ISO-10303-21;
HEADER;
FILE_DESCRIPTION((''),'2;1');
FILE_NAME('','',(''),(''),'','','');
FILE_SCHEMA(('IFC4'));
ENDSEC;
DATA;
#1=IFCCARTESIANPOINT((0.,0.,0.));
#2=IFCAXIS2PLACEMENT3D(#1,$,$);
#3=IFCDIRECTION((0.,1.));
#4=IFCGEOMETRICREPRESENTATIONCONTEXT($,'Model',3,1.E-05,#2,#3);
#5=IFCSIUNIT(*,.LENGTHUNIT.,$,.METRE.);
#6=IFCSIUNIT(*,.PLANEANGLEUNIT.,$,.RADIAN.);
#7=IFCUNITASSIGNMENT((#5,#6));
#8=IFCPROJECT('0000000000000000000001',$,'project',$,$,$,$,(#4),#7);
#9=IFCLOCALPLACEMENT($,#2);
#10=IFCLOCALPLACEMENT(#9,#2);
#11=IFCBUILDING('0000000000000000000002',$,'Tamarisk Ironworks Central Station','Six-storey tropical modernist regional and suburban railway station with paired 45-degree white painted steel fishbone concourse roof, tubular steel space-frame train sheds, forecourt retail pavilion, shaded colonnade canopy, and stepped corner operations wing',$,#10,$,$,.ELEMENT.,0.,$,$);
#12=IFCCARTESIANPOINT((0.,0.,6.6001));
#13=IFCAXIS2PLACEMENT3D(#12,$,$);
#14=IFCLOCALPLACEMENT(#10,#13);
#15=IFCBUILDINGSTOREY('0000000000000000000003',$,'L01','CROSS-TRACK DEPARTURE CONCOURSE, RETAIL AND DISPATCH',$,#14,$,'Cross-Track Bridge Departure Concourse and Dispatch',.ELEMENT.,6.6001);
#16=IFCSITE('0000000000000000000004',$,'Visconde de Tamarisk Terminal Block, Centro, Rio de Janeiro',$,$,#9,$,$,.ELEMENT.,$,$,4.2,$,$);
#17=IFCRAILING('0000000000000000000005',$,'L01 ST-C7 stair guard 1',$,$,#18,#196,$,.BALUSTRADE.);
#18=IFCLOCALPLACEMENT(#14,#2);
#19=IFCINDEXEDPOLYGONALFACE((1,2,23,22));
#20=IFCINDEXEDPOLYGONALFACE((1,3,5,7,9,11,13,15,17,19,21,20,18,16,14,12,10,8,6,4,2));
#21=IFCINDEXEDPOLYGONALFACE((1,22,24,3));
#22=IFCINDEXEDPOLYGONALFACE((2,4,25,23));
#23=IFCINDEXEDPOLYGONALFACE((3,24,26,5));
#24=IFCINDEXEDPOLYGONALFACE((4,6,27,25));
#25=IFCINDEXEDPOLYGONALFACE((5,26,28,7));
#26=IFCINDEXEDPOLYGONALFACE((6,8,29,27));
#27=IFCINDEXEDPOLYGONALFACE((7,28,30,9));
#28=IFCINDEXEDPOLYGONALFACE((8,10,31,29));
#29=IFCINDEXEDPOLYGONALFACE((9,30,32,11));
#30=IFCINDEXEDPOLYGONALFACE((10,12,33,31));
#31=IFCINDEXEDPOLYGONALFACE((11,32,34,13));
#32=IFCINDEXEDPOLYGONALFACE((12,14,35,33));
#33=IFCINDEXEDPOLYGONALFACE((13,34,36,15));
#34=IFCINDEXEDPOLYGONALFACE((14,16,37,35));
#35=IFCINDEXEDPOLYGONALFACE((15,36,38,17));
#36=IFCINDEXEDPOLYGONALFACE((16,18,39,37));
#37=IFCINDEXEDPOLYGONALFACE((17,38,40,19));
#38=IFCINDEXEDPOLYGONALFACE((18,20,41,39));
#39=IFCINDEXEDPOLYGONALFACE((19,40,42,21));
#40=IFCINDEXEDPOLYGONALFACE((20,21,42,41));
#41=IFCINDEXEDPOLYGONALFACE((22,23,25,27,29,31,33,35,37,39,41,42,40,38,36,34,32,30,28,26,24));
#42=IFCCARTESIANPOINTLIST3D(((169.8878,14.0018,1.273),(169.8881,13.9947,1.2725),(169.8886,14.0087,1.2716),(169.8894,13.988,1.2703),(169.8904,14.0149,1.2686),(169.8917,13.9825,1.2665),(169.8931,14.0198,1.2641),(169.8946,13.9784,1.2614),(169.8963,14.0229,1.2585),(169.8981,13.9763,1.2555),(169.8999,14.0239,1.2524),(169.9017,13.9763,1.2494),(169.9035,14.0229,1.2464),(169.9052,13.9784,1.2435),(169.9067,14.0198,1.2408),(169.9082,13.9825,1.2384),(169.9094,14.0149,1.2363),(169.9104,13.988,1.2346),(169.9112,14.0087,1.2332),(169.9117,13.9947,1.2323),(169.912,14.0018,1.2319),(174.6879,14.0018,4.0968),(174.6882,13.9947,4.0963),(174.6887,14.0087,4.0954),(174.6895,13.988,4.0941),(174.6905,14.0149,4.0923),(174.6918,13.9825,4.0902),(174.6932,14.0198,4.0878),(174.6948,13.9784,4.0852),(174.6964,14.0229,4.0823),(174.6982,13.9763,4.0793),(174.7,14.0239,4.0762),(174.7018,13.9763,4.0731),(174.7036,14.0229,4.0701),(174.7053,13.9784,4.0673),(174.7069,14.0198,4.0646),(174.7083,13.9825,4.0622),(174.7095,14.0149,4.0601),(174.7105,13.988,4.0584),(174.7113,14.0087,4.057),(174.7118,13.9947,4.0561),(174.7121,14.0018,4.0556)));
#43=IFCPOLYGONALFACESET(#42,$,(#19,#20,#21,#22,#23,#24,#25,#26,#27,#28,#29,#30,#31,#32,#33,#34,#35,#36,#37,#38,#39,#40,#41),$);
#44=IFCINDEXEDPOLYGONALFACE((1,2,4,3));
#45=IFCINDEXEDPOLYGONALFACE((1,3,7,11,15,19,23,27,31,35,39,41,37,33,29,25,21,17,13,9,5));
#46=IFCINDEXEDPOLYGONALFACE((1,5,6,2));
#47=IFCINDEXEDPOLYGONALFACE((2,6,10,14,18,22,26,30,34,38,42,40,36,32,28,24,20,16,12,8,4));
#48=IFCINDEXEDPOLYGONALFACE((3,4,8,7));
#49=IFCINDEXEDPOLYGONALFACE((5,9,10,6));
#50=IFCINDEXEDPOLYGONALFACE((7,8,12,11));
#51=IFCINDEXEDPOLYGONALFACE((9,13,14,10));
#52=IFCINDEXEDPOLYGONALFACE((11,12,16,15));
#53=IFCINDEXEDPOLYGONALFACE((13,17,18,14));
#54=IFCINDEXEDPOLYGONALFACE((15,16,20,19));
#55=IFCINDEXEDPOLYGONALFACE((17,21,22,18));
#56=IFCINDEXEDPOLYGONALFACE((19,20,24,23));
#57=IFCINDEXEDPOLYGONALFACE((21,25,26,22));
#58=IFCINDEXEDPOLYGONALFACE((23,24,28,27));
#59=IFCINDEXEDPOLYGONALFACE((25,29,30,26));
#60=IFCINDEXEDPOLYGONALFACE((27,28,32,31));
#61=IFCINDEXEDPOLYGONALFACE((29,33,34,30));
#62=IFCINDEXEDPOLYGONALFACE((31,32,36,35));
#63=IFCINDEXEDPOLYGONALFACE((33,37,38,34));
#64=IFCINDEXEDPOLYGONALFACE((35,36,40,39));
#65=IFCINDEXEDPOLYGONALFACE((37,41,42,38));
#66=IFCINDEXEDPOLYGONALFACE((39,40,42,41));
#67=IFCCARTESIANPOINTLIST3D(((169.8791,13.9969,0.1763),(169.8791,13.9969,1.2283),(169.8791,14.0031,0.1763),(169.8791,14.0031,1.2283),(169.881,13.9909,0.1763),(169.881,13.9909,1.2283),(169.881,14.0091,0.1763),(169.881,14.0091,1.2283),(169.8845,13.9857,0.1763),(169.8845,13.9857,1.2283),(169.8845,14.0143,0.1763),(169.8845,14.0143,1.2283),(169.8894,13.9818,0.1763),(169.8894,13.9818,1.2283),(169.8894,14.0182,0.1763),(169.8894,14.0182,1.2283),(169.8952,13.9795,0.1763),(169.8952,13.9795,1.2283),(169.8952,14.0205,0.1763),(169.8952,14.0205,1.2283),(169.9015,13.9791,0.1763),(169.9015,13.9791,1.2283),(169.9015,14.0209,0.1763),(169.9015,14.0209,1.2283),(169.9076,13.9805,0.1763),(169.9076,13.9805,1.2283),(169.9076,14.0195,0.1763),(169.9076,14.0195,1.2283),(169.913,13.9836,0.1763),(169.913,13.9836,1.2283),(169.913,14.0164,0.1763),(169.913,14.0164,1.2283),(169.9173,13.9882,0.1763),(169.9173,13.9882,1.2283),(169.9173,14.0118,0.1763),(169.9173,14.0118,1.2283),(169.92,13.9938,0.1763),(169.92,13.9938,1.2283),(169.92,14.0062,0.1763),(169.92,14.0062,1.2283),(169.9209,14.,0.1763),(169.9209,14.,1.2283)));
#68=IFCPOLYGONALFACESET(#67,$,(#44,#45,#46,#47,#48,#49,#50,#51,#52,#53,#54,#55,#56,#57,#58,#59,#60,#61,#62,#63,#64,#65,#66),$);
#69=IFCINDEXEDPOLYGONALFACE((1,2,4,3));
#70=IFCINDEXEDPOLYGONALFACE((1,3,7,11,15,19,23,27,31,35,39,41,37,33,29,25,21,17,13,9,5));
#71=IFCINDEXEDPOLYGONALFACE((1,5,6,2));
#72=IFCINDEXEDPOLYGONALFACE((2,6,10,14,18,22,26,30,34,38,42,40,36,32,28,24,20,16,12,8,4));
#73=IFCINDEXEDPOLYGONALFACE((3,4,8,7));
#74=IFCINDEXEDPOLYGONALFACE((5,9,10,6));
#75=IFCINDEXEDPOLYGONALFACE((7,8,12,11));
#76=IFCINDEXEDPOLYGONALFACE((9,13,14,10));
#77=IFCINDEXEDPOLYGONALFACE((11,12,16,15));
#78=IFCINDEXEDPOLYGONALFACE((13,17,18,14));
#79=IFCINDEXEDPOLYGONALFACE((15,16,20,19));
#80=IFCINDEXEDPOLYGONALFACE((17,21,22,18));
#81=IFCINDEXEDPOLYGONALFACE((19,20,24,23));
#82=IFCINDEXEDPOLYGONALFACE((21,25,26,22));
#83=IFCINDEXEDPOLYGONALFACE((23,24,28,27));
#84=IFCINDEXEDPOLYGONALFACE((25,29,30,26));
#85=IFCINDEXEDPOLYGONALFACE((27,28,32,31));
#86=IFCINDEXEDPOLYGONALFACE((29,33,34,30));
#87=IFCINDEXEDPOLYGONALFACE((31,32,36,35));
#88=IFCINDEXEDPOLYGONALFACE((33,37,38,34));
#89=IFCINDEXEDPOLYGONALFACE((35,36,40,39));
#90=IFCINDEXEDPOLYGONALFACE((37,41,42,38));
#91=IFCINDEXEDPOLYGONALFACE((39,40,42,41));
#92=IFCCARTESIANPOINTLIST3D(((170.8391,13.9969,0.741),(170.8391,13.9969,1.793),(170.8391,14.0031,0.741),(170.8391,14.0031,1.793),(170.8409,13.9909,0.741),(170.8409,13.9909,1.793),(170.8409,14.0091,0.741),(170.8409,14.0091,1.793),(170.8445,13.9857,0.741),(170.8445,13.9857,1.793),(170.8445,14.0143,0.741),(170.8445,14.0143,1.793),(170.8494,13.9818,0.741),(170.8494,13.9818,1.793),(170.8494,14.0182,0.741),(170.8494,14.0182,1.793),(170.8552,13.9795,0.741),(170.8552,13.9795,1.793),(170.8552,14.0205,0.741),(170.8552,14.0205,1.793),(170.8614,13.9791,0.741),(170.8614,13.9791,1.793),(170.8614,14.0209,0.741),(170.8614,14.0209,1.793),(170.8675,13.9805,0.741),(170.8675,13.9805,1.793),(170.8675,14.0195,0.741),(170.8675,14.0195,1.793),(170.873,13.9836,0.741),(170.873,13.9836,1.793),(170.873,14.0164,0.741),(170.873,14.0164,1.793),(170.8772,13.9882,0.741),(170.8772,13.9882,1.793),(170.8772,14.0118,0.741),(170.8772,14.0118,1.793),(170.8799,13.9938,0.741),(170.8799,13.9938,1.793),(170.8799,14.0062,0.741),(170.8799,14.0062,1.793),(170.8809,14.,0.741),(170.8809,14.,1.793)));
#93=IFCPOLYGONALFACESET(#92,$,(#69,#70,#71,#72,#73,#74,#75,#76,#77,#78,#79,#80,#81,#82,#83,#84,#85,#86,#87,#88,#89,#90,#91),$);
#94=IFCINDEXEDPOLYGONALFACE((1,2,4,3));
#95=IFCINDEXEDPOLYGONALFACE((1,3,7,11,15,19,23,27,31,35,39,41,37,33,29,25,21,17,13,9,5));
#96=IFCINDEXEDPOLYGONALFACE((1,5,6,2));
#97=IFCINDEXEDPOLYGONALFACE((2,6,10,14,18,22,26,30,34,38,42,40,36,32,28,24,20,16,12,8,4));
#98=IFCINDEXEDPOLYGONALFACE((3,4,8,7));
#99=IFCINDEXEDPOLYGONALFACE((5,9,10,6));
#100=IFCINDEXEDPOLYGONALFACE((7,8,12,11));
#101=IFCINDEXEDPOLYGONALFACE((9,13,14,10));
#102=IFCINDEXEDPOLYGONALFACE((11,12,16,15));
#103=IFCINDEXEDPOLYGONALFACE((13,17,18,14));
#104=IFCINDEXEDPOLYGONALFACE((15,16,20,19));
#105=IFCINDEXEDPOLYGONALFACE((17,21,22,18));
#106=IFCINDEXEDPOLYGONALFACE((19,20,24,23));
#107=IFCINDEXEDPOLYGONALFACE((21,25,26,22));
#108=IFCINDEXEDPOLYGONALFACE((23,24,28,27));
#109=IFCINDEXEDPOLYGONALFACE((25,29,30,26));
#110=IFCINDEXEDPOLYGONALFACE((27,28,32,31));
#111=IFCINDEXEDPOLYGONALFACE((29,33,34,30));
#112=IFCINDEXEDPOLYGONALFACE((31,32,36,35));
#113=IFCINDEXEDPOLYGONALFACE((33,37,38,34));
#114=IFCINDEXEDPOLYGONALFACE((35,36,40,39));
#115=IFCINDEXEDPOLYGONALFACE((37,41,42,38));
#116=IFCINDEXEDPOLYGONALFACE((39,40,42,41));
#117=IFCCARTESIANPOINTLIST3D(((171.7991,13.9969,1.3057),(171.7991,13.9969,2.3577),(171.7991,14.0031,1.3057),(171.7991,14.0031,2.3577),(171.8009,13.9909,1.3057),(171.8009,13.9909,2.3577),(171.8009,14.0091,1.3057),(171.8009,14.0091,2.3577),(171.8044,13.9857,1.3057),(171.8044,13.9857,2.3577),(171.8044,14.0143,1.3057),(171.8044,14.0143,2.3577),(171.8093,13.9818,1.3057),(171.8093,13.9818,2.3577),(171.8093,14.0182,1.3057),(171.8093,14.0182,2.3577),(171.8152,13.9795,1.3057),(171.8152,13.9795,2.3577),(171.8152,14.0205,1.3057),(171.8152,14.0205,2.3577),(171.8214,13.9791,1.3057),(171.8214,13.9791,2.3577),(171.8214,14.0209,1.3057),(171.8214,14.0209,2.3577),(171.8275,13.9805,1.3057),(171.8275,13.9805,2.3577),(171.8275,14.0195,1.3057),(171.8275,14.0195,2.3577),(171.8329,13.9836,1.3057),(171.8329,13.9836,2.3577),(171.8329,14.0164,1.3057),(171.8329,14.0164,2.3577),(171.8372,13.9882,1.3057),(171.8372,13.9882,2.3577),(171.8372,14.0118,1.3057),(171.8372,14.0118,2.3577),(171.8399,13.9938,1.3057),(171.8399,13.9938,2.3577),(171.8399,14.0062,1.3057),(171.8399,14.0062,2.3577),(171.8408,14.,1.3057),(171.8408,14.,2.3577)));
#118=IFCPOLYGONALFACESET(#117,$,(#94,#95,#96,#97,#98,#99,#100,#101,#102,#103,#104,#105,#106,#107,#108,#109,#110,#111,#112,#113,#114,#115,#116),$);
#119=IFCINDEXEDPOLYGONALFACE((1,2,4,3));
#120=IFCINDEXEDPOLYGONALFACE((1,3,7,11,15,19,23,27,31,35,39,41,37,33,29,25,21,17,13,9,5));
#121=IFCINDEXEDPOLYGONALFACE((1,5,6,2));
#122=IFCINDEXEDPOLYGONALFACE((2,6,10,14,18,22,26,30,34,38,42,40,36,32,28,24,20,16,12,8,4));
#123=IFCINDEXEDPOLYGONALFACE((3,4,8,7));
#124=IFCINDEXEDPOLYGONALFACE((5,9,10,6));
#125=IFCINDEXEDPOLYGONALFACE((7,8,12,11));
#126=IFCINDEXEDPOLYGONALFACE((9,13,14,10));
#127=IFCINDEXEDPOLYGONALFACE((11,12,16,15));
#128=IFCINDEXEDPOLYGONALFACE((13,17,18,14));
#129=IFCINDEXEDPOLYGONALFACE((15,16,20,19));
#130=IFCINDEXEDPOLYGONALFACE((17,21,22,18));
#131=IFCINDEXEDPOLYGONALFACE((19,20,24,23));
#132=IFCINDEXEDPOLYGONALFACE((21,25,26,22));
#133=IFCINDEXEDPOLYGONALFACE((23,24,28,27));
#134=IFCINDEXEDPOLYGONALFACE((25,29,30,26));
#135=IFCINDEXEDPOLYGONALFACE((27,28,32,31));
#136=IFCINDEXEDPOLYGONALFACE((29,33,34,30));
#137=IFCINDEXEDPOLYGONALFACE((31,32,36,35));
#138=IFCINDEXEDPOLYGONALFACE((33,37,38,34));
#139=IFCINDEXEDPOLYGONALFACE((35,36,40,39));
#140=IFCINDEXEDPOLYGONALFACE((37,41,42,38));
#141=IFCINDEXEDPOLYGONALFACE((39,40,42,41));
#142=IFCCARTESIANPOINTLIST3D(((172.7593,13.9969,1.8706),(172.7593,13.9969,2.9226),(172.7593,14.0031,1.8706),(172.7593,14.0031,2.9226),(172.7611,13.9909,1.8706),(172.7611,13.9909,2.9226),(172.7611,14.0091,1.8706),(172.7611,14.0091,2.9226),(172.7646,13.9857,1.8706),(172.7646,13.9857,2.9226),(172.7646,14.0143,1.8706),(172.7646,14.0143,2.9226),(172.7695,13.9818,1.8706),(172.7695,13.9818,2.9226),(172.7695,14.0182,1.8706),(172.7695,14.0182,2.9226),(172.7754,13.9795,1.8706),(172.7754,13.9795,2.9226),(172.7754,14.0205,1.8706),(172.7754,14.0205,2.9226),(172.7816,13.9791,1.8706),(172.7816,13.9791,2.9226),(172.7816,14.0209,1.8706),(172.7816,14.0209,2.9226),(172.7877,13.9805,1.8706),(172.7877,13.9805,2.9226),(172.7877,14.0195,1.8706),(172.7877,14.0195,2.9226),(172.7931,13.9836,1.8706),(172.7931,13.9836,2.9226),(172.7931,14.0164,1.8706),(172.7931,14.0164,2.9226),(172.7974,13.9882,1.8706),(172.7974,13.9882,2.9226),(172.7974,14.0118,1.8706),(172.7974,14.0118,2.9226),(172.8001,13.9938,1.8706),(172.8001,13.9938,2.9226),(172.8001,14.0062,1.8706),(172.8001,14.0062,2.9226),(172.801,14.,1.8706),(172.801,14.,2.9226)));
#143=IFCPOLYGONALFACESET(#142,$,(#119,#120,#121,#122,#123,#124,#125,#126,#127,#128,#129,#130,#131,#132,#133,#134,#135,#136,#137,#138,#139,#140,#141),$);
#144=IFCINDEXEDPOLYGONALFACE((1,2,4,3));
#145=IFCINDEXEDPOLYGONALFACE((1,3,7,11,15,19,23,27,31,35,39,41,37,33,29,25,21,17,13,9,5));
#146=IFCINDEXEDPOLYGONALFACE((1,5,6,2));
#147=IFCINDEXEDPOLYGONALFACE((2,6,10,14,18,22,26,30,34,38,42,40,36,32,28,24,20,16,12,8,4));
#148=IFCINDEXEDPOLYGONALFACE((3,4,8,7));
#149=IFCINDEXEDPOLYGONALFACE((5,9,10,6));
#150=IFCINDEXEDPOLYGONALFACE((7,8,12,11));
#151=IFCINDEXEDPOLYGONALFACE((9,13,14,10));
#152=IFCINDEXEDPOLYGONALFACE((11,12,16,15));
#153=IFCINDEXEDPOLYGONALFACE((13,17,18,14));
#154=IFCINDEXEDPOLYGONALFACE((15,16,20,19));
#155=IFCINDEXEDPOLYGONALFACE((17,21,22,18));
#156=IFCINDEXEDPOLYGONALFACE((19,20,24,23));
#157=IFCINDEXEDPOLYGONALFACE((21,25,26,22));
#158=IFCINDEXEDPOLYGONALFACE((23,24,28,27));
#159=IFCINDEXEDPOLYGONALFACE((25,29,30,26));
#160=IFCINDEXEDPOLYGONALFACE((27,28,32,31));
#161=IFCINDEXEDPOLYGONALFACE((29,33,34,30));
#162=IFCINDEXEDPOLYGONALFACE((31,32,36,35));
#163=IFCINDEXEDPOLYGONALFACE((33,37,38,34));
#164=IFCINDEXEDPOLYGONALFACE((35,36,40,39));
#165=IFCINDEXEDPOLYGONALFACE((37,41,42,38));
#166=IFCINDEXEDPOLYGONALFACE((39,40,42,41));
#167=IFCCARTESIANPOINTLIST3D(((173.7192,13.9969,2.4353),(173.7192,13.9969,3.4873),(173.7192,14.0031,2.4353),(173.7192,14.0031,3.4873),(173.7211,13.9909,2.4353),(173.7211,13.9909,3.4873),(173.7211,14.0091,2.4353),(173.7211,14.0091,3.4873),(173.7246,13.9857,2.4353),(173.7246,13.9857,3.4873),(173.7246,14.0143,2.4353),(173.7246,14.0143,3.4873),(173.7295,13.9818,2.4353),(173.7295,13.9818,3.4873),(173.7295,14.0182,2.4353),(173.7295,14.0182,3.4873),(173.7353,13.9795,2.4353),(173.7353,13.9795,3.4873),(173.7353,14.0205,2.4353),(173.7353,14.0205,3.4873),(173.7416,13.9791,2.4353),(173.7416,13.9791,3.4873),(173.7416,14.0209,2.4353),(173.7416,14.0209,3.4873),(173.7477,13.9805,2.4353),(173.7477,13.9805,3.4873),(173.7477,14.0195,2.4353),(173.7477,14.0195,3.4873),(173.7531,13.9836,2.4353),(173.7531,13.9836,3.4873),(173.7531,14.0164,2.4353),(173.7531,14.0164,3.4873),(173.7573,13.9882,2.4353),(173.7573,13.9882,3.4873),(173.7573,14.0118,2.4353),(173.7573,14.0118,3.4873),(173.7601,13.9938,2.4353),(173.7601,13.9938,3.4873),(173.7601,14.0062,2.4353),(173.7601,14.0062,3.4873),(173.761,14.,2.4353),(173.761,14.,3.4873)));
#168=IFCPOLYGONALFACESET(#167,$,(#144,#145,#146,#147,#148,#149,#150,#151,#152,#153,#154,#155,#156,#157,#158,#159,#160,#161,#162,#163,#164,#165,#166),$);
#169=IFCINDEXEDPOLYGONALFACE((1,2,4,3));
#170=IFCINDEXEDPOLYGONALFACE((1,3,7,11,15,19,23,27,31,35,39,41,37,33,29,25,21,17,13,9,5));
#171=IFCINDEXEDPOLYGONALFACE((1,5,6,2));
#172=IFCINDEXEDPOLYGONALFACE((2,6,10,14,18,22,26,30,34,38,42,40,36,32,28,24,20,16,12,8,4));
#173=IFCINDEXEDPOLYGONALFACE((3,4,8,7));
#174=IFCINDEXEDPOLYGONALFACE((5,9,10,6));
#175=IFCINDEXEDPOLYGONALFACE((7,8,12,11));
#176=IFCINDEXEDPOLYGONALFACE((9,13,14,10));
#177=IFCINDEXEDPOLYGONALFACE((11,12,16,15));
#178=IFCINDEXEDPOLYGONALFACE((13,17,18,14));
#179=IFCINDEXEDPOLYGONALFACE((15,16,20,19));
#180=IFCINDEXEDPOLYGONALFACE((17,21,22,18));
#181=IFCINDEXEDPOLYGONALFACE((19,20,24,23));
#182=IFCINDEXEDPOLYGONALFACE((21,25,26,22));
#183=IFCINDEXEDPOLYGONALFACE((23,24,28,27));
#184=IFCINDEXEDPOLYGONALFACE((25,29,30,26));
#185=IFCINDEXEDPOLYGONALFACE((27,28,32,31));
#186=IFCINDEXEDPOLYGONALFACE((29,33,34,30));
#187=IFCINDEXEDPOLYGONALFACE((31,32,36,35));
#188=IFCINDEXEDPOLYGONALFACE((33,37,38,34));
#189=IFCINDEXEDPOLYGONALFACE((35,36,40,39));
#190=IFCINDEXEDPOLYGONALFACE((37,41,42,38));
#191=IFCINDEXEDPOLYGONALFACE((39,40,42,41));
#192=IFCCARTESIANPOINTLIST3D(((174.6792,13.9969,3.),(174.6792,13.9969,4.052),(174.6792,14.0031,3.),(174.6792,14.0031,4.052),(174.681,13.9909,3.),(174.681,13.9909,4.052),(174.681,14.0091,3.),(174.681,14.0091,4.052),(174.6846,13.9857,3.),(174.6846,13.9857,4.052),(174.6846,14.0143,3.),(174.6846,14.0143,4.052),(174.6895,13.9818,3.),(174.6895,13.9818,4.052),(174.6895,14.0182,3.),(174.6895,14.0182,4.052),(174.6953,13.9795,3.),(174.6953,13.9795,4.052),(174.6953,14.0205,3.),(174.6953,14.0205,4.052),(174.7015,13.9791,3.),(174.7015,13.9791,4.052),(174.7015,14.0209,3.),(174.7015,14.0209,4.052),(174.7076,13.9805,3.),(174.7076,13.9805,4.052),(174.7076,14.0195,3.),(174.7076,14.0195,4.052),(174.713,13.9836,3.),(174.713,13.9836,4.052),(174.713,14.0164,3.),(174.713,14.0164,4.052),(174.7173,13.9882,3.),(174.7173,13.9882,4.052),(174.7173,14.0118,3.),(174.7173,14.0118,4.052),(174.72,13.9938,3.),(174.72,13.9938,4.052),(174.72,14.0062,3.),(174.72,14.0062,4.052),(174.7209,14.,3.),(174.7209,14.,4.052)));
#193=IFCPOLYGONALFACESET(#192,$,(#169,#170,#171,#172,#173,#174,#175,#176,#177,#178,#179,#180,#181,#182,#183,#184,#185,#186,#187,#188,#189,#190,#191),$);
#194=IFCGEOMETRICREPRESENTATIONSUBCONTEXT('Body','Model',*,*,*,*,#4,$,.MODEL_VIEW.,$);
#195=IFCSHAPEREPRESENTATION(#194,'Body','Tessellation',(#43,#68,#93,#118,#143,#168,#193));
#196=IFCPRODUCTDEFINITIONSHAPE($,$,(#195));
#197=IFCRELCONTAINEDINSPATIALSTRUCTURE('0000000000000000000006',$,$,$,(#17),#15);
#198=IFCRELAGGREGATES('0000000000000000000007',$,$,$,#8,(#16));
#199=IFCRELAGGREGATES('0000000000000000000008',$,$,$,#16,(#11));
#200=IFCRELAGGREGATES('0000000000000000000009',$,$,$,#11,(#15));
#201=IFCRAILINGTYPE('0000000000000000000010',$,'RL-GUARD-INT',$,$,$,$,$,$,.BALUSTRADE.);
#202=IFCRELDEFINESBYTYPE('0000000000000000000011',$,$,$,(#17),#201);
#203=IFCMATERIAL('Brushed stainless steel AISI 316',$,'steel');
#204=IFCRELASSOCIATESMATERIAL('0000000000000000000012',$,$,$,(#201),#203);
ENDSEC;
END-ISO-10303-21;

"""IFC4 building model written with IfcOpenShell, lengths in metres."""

from ifc_helpers import new_model, si_unit, direction, frame, origin, origin_2d, place, context, subcontext, project, spatial, circle, extrude, material, type_object, element, save


model = new_model("IFC4")

# Units and contexts
model_context = context("Model", 3, precision=1e-05, world=origin(), true_north=direction((0.0, 1.0)))
body_context = subcontext(model_context, "Body", "Model", "MODEL_VIEW")
ifc_project = project(units=[si_unit("LENGTHUNIT", "METRE"), si_unit("PLANEANGLEUNIT", "RADIAN")], contexts=[model_context])

# Site, building, storey
site_placement = place(None, origin())
site = spatial("IfcSite", under=ifc_project, at=site_placement, Name="Visconde de Tamarisk Terminal Block, Centro, Rio de Janeiro", CompositionType="ELEMENT", RefElevation=4.2)
building_placement = place(site_placement, origin())
building = spatial("IfcBuilding", under=site, at=building_placement, Name="Tamarisk Ironworks Central Station", Description="Six-storey tropical modernist regional and suburban railway station with paired 45-degree white painted steel fishbone concourse roof, tubular steel space-frame train sheds, forecourt retail pavilion, shaded colonnade canopy, and stepped corner operations wing", CompositionType="ELEMENT", ElevationOfRefHeight=0.0)
storey_placement = place(building_placement, frame((0.0, 0.0, 6.6001)))
storey = spatial("IfcBuildingStorey", under=building, at=storey_placement, Name="L01", Description="CROSS-TRACK DEPARTURE CONCOURSE, RETAIL AND DISPATCH", LongName="Cross-Track Bridge Departure Concourse and Dispatch", CompositionType="ELEMENT", Elevation=6.6001)

# Railing
ifc_material_1 = material(Name="Brushed stainless steel AISI 316", Category="steel")
railing_type_1 = type_object("IfcRailingType", Name="RL-GUARD-INT", PredefinedType="BALUSTRADE", material=ifc_material_1)
railing_1_placement = place(storey_placement, frame((169.8999, 14.0, 0.1763)))
element("IfcRailing", 1, at=railing_1_placement, inside=storey, type_object=railing_type_1, Name="L01 ST-C7 stair guard 1", PredefinedType="BALUSTRADE", context=body_context, shape_type="SweptSolid", body=[
    extrude(circle(Radius=0.0239, at=origin_2d()), frame((0.0, 0.0, 1.0762), z_axis=(0.861921, 0.0, 0.507043), x_axis=(0.0, 1.0, 0.0)), (0.0, 0.0, 1.0), 5.5691),
    extrude(circle(Radius=0.021, at=origin_2d()), origin(), (0.0, 0.0, 1.0), 1.052),
    extrude(circle(Radius=0.021, at=origin_2d()), frame((0.96, 0.0, 0.5647)), (0.0, 0.0, 1.0), 1.052),
    extrude(circle(Radius=0.021, at=origin_2d()), frame((1.9199, 0.0, 1.1294)), (0.0, 0.0, 1.0), 1.052),
    extrude(circle(Radius=0.021, at=origin_2d()), frame((2.8801, 0.0, 1.6943)), (0.0, 0.0, 1.0), 1.052),
    extrude(circle(Radius=0.021, at=origin_2d()), frame((3.8401, 0.0, 2.259)), (0.0, 0.0, 1.0), 1.052),
    extrude(circle(Radius=0.021, at=origin_2d()), frame((4.8, 0.0, 2.8237)), (0.0, 0.0, 1.0), 1.052),
])

save(model, "model.ifc")
